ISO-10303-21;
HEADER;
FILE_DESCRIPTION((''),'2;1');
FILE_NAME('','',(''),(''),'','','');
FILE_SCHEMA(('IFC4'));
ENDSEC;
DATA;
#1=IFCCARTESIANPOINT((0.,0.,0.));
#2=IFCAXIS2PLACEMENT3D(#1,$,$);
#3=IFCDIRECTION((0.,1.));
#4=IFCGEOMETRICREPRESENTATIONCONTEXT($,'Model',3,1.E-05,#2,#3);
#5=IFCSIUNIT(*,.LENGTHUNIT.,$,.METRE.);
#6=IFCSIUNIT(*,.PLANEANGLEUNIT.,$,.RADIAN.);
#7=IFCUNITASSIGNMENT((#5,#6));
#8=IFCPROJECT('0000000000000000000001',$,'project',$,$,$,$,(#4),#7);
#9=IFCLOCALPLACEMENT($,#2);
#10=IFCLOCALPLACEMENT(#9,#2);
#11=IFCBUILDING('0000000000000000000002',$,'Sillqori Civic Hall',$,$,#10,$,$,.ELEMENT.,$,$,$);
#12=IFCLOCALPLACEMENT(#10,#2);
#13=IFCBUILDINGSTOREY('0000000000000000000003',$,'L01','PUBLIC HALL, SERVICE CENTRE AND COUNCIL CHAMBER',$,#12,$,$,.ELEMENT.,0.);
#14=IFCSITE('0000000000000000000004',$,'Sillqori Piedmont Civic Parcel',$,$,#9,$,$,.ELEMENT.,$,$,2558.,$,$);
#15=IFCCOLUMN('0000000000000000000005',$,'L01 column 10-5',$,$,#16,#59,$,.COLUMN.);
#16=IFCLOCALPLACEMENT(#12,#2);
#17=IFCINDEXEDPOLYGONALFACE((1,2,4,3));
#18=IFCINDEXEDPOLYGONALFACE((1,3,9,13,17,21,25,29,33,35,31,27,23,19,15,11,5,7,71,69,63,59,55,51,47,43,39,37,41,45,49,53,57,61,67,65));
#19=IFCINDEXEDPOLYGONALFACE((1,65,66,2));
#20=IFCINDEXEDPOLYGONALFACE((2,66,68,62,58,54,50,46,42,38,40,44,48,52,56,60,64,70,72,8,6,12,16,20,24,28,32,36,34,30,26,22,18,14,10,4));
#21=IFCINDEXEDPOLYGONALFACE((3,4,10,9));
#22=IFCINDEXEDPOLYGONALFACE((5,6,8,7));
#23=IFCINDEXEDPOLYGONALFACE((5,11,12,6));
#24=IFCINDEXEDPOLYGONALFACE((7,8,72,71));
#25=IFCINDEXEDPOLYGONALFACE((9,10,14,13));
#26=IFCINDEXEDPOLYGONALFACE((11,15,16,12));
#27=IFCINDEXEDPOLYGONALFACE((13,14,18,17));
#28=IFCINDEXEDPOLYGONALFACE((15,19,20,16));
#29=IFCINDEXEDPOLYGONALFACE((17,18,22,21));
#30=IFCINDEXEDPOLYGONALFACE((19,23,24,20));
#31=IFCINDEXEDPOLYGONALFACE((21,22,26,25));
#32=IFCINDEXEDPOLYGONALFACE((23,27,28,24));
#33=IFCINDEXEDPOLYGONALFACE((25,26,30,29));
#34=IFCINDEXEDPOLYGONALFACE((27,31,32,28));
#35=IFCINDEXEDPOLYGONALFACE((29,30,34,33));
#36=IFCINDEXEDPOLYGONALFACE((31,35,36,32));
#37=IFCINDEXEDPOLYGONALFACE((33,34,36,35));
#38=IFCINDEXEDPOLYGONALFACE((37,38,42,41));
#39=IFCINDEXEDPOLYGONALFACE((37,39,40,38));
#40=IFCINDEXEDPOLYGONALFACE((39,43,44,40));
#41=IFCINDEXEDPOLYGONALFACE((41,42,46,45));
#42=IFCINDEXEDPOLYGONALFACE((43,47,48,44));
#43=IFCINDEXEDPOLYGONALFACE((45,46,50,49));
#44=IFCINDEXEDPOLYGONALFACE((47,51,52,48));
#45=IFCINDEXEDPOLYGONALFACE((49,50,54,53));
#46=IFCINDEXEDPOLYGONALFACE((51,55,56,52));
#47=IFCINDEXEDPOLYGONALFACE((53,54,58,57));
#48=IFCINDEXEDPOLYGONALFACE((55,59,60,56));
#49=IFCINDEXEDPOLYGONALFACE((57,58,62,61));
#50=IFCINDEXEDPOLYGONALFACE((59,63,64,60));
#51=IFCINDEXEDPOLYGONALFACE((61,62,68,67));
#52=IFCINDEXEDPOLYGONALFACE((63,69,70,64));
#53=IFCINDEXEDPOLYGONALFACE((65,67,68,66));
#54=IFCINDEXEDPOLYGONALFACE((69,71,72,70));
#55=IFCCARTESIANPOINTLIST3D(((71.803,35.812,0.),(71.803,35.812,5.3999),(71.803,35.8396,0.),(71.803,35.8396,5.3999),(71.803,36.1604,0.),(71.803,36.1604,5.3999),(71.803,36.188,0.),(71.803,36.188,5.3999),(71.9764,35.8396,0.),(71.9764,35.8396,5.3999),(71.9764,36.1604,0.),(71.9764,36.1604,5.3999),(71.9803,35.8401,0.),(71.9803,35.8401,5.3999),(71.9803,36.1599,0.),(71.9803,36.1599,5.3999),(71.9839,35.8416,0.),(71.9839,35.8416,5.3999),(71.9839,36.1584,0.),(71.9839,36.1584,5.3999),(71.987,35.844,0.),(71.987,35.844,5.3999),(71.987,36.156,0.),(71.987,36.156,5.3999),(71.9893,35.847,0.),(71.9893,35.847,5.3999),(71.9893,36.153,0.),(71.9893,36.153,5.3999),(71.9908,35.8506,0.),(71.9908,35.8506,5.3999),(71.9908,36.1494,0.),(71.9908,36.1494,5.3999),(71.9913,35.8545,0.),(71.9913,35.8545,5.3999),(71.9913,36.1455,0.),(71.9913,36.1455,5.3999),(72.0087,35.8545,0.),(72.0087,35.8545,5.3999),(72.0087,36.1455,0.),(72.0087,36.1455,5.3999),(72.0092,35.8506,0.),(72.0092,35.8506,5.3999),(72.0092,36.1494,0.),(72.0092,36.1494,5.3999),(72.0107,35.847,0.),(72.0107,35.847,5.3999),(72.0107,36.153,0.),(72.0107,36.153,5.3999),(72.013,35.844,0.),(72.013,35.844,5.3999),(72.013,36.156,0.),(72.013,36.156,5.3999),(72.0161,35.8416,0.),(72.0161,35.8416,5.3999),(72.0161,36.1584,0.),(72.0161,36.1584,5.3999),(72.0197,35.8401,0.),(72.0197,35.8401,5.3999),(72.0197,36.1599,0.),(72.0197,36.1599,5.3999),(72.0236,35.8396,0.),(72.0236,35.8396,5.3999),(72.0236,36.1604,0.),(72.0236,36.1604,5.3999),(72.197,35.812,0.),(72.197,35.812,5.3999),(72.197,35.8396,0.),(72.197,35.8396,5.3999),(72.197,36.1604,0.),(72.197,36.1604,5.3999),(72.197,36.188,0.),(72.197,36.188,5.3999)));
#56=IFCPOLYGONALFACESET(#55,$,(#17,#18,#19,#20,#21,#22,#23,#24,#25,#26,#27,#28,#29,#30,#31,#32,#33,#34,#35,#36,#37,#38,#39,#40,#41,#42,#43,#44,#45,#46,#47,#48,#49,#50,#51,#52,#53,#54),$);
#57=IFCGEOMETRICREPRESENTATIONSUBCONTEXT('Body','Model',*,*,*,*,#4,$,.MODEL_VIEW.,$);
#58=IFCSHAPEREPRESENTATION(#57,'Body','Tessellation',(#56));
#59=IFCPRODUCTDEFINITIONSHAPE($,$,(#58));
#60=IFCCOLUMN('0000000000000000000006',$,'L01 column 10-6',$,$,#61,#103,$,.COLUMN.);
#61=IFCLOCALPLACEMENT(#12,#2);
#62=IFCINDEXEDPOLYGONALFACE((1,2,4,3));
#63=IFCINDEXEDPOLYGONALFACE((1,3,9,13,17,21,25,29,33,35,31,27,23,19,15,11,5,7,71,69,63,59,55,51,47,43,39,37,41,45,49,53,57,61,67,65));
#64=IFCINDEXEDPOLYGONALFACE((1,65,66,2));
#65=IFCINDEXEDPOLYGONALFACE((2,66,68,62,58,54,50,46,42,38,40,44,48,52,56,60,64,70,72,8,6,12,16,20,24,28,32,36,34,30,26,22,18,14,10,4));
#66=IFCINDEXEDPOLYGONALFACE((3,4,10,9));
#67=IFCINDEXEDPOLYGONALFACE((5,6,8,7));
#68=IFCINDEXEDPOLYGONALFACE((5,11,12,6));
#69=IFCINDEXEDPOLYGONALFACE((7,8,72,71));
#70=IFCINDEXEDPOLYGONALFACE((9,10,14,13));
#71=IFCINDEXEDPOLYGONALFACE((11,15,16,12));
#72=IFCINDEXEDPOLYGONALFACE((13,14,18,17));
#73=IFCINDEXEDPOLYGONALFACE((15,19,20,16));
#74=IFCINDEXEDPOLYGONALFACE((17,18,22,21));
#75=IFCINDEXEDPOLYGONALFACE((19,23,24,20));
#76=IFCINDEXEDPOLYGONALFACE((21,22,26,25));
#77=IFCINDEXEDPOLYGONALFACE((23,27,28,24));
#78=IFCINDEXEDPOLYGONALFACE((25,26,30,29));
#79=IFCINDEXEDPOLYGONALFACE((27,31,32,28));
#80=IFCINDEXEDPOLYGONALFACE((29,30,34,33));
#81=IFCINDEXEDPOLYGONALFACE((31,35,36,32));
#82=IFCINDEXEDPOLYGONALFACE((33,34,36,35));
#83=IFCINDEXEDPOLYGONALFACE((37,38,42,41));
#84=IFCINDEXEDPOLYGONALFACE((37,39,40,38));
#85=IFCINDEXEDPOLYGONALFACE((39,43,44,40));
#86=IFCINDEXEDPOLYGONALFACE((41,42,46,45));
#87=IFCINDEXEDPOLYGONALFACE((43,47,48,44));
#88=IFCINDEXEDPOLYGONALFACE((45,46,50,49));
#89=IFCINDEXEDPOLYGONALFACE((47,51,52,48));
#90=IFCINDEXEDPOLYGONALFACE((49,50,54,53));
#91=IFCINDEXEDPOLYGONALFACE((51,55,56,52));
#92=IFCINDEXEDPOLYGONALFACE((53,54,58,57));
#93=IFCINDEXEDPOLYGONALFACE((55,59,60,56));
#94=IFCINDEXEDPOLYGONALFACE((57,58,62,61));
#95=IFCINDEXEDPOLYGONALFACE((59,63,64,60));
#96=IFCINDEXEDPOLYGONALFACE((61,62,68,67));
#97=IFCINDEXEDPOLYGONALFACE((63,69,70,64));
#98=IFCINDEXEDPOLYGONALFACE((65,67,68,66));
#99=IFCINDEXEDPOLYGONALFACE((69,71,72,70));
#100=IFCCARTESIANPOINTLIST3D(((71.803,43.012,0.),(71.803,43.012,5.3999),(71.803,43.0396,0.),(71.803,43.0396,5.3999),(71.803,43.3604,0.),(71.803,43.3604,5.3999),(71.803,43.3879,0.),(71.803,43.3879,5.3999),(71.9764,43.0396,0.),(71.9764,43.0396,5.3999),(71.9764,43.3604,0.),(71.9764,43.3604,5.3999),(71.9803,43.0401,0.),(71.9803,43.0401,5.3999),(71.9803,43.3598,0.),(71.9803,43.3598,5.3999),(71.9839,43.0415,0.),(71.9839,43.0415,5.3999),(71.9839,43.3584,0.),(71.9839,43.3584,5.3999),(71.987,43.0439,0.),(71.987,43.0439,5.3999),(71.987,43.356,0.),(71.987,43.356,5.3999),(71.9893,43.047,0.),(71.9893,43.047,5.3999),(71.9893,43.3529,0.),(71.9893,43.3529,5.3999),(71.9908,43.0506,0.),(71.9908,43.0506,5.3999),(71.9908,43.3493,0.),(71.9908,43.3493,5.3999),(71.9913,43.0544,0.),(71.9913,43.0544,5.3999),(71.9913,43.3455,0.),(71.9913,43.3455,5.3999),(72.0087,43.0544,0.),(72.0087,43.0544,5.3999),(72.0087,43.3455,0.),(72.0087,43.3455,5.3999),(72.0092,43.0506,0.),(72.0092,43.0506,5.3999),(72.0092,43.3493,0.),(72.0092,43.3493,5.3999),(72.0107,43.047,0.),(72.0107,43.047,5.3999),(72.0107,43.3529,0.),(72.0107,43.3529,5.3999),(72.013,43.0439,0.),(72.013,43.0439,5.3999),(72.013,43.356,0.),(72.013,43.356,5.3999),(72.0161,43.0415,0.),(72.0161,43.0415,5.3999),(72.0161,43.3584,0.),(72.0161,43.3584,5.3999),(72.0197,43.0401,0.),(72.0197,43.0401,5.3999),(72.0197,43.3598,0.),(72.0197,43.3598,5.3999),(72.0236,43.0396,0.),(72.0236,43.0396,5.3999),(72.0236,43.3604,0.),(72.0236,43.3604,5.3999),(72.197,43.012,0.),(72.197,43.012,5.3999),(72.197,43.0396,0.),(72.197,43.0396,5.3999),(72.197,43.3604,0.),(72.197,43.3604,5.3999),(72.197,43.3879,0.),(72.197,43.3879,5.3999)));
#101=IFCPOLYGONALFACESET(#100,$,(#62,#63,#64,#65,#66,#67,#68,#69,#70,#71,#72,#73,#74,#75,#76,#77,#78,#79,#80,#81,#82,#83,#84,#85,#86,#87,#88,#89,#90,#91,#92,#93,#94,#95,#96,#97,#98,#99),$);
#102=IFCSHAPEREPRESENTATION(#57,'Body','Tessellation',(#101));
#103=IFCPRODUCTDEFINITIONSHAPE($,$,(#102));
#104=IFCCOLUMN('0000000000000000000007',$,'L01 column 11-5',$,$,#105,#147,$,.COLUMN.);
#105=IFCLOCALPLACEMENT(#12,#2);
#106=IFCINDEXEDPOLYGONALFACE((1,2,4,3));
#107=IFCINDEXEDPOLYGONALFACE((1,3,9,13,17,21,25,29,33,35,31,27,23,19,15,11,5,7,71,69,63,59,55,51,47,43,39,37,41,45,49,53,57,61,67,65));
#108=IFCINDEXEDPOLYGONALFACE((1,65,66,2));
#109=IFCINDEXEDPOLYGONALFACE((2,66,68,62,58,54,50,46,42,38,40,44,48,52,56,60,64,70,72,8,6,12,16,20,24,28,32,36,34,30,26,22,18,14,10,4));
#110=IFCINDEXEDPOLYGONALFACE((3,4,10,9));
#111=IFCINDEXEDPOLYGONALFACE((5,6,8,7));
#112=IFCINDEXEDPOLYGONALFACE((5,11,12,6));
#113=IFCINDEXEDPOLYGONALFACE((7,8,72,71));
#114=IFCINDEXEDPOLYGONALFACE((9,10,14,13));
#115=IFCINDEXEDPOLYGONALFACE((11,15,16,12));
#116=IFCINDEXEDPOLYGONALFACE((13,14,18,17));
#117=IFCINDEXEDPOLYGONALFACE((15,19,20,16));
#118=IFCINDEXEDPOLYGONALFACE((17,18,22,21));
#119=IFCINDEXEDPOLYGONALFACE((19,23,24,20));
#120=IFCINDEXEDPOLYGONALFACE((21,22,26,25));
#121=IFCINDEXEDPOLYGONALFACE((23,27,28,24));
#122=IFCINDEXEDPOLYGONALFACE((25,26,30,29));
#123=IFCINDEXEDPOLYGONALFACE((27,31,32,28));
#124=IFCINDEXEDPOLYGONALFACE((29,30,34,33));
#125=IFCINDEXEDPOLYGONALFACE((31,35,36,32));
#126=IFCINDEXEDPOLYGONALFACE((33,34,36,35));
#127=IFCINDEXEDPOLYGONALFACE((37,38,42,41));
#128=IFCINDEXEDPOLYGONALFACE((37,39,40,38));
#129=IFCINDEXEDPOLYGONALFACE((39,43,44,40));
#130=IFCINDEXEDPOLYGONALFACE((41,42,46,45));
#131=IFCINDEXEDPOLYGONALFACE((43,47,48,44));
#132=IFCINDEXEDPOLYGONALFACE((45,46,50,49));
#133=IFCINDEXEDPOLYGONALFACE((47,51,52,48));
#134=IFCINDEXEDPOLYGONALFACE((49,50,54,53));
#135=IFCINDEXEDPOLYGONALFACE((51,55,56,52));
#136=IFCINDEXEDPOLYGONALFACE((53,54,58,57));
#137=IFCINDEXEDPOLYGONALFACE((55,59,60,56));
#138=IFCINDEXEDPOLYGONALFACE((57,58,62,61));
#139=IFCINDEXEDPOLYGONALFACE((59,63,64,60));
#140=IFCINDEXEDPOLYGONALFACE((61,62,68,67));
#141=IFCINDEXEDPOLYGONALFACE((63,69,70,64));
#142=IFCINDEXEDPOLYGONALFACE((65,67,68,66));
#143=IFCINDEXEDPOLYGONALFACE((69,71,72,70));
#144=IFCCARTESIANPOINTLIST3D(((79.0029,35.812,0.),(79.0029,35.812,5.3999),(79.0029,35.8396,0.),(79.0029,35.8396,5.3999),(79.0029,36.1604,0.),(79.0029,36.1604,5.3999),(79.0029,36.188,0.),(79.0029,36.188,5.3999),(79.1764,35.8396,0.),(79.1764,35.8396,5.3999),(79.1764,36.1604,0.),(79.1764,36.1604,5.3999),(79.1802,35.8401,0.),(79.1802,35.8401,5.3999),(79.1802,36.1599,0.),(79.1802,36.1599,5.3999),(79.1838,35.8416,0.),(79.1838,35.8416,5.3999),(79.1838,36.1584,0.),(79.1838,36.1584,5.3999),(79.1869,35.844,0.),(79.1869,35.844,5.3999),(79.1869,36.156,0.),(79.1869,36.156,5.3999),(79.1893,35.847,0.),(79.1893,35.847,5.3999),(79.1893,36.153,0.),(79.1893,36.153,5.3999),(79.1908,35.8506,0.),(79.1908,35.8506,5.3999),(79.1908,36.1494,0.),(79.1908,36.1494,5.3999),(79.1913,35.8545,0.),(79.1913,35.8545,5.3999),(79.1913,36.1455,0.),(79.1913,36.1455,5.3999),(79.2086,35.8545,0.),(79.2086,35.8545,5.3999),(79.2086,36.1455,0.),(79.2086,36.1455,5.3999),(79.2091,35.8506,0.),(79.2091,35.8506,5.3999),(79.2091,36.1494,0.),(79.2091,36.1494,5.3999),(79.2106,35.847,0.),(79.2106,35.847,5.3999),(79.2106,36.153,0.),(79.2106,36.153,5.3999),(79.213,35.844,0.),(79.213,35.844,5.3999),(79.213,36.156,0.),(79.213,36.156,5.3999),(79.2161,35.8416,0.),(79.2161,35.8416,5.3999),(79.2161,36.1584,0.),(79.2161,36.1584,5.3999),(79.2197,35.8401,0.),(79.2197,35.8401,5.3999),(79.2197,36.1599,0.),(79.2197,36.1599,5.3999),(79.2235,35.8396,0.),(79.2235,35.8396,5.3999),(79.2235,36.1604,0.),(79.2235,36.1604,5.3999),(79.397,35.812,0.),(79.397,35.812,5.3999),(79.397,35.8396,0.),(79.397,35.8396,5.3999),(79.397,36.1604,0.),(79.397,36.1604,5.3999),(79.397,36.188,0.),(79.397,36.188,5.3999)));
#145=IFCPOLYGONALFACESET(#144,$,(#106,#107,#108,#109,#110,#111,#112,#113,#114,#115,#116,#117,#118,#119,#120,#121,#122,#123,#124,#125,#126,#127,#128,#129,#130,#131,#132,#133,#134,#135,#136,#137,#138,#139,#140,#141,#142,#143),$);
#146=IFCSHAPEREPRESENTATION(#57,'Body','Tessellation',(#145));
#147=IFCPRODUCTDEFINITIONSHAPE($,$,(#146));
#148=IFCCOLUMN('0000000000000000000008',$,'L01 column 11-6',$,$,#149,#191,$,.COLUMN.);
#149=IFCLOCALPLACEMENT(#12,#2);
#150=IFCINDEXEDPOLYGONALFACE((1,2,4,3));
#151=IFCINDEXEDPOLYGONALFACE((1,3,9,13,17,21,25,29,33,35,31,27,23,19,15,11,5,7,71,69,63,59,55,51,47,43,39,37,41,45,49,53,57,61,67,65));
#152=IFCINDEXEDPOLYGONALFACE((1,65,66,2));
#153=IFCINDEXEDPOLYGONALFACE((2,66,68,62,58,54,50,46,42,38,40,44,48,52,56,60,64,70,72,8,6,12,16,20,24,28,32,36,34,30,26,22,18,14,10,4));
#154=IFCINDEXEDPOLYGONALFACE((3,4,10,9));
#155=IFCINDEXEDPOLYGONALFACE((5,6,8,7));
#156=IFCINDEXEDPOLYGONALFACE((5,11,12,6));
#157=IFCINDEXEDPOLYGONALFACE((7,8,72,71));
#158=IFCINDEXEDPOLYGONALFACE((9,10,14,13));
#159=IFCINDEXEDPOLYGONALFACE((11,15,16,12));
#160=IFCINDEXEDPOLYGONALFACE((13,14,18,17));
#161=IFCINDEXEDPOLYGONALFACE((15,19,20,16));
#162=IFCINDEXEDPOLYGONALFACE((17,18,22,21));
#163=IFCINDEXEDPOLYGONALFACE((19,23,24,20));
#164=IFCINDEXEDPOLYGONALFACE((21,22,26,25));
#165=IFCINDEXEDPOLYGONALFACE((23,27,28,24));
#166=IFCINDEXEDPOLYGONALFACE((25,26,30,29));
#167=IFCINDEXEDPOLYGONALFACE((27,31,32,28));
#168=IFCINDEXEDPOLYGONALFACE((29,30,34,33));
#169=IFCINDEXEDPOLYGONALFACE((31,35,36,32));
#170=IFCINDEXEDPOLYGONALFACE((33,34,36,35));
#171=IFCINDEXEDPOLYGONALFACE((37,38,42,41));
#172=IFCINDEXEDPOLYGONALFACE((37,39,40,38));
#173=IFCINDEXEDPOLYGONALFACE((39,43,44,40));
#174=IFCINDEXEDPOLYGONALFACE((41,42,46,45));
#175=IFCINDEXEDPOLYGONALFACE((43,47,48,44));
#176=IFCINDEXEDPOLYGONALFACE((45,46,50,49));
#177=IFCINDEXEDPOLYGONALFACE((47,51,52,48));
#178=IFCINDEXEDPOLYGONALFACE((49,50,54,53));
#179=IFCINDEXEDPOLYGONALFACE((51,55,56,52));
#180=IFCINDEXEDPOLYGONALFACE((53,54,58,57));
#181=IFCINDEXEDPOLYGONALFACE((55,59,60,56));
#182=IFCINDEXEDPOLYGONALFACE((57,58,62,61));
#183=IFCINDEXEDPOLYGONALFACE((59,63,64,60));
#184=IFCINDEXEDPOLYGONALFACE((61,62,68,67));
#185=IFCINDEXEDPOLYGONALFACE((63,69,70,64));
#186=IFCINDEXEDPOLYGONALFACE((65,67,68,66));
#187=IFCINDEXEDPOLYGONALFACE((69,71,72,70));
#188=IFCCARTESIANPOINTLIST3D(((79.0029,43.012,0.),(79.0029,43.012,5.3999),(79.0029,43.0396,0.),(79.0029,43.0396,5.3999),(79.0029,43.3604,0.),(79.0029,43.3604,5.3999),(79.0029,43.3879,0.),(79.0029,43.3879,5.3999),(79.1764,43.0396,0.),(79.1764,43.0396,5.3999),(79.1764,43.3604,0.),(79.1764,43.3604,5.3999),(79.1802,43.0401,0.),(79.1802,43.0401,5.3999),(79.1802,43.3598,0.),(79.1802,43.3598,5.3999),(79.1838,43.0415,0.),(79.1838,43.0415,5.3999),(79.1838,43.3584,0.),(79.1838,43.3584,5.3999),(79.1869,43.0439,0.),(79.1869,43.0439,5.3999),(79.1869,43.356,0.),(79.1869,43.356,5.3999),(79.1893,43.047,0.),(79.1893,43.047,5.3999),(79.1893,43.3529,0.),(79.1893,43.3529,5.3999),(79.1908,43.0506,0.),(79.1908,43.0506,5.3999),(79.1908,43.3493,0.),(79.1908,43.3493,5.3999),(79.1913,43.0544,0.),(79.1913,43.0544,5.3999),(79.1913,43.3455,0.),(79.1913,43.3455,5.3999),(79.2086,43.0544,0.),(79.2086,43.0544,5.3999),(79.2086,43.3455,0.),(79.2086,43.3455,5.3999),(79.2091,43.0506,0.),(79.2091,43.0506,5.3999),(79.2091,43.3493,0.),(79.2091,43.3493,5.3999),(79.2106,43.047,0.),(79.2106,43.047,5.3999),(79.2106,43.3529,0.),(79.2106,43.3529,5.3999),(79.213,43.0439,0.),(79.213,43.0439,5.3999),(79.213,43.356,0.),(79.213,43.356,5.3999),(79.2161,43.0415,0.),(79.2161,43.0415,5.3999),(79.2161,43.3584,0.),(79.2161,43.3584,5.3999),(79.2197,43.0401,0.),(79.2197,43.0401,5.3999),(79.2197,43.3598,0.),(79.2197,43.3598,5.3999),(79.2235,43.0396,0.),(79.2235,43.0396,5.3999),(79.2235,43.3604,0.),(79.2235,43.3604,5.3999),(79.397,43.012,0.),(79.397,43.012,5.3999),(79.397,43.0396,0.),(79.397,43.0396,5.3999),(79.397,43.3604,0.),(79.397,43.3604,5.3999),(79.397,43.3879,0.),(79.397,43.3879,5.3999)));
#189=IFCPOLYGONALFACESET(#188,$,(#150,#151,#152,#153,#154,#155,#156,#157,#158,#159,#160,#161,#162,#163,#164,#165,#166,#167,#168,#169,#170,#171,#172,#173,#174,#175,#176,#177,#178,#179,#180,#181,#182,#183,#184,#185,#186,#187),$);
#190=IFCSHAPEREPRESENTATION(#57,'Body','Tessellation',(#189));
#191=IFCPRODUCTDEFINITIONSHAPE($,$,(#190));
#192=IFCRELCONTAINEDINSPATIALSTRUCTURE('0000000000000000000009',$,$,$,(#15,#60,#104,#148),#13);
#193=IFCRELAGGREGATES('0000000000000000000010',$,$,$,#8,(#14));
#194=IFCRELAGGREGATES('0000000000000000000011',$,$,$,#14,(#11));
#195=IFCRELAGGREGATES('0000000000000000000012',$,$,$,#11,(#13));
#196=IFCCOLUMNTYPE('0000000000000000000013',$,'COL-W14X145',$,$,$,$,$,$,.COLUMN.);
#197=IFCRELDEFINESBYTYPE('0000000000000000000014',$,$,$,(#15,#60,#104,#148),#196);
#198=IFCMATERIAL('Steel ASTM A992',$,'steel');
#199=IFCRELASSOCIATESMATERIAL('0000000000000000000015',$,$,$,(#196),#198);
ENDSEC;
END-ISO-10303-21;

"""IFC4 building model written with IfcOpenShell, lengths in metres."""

from ifc_helpers import new_model, si_unit, direction, frame, origin, origin_2d, place, context, subcontext, project, spatial, i_section, extrude, material, material_profile, profile_set, type_object, element, save


model = new_model("IFC4")

# Units and contexts
model_context = context("Model", 3, precision=1e-05, world=origin(), true_north=direction((0.0, 1.0)))
body_context = subcontext(model_context, "Body", "Model", "MODEL_VIEW")
ifc_project = project(units=[si_unit("LENGTHUNIT", "METRE"), si_unit("PLANEANGLEUNIT", "RADIAN")], contexts=[model_context])

# Site, building, storey
site_placement = place(None, origin())
site = spatial("IfcSite", under=ifc_project, at=site_placement, Name="Sillqori Piedmont Civic Parcel", CompositionType="ELEMENT", RefElevation=2558.0)
building_placement = place(site_placement, origin())
building = spatial("IfcBuilding", under=site, at=building_placement, Name="Sillqori Civic Hall", CompositionType="ELEMENT")
storey_placement = place(building_placement, origin())
storey = spatial("IfcBuildingStorey", under=building, at=storey_placement, Name="L01", Description="PUBLIC HALL, SERVICE CENTRE AND COUNCIL CHAMBER", CompositionType="ELEMENT", Elevation=0.0)

# Columns
ifc_material_1 = material(Name="Steel ASTM A992", Category="steel")
ifc_material_profile_1 = material_profile(ifc_material_1, i_section(OverallWidth=0.394, OverallDepth=0.376, WebThickness=0.0173, FlangeThickness=0.0276, FilletRadius=0.0149, at=origin_2d()), Name="W14X145")
ifc_profile_set_1 = profile_set([ifc_material_profile_1], Name="Steel ASTM A992")
column_type = type_object("IfcColumnType", Name="COL-W14X145", PredefinedType="COLUMN", material=ifc_profile_set_1)
for number, where, z_axis, x_axis, name in (
    (1, (72.0, 36.0, 0.0), (0.0, 0.0, 1.0), (1.0, 0.0, 0.0), "L01 column 10-5"),
    (2, (72.0, 43.2, 0.0), (0.0, 0.0, 1.0), (1.0, 0.0, 0.0), "L01 column 10-6"),
    (3, (79.2, 36.0, 0.0), (0.0, 0.0, 1.0), (1.0, 0.0, 0.0), "L01 column 11-5"),
    (4, (79.2, 43.2, 0.0), (0.0, 0.0, 1.0), (1.0, 0.0, 0.0), "L01 column 11-6"),
):
    element("IfcColumn", number, at=place(storey_placement, frame(where, z_axis=z_axis, x_axis=x_axis)), inside=storey, type_object=column_type, Name=name, PredefinedType="COLUMN", context=body_context, shape_type="SweptSolid", body=[
        extrude(i_section(OverallWidth=0.394, OverallDepth=0.376, WebThickness=0.0173, FlangeThickness=0.0276, FilletRadius=0.0149, at=origin_2d()), origin(), (0.0, 0.0, 1.0), 5.3999),
    ])

save(model, "model.ifc")
